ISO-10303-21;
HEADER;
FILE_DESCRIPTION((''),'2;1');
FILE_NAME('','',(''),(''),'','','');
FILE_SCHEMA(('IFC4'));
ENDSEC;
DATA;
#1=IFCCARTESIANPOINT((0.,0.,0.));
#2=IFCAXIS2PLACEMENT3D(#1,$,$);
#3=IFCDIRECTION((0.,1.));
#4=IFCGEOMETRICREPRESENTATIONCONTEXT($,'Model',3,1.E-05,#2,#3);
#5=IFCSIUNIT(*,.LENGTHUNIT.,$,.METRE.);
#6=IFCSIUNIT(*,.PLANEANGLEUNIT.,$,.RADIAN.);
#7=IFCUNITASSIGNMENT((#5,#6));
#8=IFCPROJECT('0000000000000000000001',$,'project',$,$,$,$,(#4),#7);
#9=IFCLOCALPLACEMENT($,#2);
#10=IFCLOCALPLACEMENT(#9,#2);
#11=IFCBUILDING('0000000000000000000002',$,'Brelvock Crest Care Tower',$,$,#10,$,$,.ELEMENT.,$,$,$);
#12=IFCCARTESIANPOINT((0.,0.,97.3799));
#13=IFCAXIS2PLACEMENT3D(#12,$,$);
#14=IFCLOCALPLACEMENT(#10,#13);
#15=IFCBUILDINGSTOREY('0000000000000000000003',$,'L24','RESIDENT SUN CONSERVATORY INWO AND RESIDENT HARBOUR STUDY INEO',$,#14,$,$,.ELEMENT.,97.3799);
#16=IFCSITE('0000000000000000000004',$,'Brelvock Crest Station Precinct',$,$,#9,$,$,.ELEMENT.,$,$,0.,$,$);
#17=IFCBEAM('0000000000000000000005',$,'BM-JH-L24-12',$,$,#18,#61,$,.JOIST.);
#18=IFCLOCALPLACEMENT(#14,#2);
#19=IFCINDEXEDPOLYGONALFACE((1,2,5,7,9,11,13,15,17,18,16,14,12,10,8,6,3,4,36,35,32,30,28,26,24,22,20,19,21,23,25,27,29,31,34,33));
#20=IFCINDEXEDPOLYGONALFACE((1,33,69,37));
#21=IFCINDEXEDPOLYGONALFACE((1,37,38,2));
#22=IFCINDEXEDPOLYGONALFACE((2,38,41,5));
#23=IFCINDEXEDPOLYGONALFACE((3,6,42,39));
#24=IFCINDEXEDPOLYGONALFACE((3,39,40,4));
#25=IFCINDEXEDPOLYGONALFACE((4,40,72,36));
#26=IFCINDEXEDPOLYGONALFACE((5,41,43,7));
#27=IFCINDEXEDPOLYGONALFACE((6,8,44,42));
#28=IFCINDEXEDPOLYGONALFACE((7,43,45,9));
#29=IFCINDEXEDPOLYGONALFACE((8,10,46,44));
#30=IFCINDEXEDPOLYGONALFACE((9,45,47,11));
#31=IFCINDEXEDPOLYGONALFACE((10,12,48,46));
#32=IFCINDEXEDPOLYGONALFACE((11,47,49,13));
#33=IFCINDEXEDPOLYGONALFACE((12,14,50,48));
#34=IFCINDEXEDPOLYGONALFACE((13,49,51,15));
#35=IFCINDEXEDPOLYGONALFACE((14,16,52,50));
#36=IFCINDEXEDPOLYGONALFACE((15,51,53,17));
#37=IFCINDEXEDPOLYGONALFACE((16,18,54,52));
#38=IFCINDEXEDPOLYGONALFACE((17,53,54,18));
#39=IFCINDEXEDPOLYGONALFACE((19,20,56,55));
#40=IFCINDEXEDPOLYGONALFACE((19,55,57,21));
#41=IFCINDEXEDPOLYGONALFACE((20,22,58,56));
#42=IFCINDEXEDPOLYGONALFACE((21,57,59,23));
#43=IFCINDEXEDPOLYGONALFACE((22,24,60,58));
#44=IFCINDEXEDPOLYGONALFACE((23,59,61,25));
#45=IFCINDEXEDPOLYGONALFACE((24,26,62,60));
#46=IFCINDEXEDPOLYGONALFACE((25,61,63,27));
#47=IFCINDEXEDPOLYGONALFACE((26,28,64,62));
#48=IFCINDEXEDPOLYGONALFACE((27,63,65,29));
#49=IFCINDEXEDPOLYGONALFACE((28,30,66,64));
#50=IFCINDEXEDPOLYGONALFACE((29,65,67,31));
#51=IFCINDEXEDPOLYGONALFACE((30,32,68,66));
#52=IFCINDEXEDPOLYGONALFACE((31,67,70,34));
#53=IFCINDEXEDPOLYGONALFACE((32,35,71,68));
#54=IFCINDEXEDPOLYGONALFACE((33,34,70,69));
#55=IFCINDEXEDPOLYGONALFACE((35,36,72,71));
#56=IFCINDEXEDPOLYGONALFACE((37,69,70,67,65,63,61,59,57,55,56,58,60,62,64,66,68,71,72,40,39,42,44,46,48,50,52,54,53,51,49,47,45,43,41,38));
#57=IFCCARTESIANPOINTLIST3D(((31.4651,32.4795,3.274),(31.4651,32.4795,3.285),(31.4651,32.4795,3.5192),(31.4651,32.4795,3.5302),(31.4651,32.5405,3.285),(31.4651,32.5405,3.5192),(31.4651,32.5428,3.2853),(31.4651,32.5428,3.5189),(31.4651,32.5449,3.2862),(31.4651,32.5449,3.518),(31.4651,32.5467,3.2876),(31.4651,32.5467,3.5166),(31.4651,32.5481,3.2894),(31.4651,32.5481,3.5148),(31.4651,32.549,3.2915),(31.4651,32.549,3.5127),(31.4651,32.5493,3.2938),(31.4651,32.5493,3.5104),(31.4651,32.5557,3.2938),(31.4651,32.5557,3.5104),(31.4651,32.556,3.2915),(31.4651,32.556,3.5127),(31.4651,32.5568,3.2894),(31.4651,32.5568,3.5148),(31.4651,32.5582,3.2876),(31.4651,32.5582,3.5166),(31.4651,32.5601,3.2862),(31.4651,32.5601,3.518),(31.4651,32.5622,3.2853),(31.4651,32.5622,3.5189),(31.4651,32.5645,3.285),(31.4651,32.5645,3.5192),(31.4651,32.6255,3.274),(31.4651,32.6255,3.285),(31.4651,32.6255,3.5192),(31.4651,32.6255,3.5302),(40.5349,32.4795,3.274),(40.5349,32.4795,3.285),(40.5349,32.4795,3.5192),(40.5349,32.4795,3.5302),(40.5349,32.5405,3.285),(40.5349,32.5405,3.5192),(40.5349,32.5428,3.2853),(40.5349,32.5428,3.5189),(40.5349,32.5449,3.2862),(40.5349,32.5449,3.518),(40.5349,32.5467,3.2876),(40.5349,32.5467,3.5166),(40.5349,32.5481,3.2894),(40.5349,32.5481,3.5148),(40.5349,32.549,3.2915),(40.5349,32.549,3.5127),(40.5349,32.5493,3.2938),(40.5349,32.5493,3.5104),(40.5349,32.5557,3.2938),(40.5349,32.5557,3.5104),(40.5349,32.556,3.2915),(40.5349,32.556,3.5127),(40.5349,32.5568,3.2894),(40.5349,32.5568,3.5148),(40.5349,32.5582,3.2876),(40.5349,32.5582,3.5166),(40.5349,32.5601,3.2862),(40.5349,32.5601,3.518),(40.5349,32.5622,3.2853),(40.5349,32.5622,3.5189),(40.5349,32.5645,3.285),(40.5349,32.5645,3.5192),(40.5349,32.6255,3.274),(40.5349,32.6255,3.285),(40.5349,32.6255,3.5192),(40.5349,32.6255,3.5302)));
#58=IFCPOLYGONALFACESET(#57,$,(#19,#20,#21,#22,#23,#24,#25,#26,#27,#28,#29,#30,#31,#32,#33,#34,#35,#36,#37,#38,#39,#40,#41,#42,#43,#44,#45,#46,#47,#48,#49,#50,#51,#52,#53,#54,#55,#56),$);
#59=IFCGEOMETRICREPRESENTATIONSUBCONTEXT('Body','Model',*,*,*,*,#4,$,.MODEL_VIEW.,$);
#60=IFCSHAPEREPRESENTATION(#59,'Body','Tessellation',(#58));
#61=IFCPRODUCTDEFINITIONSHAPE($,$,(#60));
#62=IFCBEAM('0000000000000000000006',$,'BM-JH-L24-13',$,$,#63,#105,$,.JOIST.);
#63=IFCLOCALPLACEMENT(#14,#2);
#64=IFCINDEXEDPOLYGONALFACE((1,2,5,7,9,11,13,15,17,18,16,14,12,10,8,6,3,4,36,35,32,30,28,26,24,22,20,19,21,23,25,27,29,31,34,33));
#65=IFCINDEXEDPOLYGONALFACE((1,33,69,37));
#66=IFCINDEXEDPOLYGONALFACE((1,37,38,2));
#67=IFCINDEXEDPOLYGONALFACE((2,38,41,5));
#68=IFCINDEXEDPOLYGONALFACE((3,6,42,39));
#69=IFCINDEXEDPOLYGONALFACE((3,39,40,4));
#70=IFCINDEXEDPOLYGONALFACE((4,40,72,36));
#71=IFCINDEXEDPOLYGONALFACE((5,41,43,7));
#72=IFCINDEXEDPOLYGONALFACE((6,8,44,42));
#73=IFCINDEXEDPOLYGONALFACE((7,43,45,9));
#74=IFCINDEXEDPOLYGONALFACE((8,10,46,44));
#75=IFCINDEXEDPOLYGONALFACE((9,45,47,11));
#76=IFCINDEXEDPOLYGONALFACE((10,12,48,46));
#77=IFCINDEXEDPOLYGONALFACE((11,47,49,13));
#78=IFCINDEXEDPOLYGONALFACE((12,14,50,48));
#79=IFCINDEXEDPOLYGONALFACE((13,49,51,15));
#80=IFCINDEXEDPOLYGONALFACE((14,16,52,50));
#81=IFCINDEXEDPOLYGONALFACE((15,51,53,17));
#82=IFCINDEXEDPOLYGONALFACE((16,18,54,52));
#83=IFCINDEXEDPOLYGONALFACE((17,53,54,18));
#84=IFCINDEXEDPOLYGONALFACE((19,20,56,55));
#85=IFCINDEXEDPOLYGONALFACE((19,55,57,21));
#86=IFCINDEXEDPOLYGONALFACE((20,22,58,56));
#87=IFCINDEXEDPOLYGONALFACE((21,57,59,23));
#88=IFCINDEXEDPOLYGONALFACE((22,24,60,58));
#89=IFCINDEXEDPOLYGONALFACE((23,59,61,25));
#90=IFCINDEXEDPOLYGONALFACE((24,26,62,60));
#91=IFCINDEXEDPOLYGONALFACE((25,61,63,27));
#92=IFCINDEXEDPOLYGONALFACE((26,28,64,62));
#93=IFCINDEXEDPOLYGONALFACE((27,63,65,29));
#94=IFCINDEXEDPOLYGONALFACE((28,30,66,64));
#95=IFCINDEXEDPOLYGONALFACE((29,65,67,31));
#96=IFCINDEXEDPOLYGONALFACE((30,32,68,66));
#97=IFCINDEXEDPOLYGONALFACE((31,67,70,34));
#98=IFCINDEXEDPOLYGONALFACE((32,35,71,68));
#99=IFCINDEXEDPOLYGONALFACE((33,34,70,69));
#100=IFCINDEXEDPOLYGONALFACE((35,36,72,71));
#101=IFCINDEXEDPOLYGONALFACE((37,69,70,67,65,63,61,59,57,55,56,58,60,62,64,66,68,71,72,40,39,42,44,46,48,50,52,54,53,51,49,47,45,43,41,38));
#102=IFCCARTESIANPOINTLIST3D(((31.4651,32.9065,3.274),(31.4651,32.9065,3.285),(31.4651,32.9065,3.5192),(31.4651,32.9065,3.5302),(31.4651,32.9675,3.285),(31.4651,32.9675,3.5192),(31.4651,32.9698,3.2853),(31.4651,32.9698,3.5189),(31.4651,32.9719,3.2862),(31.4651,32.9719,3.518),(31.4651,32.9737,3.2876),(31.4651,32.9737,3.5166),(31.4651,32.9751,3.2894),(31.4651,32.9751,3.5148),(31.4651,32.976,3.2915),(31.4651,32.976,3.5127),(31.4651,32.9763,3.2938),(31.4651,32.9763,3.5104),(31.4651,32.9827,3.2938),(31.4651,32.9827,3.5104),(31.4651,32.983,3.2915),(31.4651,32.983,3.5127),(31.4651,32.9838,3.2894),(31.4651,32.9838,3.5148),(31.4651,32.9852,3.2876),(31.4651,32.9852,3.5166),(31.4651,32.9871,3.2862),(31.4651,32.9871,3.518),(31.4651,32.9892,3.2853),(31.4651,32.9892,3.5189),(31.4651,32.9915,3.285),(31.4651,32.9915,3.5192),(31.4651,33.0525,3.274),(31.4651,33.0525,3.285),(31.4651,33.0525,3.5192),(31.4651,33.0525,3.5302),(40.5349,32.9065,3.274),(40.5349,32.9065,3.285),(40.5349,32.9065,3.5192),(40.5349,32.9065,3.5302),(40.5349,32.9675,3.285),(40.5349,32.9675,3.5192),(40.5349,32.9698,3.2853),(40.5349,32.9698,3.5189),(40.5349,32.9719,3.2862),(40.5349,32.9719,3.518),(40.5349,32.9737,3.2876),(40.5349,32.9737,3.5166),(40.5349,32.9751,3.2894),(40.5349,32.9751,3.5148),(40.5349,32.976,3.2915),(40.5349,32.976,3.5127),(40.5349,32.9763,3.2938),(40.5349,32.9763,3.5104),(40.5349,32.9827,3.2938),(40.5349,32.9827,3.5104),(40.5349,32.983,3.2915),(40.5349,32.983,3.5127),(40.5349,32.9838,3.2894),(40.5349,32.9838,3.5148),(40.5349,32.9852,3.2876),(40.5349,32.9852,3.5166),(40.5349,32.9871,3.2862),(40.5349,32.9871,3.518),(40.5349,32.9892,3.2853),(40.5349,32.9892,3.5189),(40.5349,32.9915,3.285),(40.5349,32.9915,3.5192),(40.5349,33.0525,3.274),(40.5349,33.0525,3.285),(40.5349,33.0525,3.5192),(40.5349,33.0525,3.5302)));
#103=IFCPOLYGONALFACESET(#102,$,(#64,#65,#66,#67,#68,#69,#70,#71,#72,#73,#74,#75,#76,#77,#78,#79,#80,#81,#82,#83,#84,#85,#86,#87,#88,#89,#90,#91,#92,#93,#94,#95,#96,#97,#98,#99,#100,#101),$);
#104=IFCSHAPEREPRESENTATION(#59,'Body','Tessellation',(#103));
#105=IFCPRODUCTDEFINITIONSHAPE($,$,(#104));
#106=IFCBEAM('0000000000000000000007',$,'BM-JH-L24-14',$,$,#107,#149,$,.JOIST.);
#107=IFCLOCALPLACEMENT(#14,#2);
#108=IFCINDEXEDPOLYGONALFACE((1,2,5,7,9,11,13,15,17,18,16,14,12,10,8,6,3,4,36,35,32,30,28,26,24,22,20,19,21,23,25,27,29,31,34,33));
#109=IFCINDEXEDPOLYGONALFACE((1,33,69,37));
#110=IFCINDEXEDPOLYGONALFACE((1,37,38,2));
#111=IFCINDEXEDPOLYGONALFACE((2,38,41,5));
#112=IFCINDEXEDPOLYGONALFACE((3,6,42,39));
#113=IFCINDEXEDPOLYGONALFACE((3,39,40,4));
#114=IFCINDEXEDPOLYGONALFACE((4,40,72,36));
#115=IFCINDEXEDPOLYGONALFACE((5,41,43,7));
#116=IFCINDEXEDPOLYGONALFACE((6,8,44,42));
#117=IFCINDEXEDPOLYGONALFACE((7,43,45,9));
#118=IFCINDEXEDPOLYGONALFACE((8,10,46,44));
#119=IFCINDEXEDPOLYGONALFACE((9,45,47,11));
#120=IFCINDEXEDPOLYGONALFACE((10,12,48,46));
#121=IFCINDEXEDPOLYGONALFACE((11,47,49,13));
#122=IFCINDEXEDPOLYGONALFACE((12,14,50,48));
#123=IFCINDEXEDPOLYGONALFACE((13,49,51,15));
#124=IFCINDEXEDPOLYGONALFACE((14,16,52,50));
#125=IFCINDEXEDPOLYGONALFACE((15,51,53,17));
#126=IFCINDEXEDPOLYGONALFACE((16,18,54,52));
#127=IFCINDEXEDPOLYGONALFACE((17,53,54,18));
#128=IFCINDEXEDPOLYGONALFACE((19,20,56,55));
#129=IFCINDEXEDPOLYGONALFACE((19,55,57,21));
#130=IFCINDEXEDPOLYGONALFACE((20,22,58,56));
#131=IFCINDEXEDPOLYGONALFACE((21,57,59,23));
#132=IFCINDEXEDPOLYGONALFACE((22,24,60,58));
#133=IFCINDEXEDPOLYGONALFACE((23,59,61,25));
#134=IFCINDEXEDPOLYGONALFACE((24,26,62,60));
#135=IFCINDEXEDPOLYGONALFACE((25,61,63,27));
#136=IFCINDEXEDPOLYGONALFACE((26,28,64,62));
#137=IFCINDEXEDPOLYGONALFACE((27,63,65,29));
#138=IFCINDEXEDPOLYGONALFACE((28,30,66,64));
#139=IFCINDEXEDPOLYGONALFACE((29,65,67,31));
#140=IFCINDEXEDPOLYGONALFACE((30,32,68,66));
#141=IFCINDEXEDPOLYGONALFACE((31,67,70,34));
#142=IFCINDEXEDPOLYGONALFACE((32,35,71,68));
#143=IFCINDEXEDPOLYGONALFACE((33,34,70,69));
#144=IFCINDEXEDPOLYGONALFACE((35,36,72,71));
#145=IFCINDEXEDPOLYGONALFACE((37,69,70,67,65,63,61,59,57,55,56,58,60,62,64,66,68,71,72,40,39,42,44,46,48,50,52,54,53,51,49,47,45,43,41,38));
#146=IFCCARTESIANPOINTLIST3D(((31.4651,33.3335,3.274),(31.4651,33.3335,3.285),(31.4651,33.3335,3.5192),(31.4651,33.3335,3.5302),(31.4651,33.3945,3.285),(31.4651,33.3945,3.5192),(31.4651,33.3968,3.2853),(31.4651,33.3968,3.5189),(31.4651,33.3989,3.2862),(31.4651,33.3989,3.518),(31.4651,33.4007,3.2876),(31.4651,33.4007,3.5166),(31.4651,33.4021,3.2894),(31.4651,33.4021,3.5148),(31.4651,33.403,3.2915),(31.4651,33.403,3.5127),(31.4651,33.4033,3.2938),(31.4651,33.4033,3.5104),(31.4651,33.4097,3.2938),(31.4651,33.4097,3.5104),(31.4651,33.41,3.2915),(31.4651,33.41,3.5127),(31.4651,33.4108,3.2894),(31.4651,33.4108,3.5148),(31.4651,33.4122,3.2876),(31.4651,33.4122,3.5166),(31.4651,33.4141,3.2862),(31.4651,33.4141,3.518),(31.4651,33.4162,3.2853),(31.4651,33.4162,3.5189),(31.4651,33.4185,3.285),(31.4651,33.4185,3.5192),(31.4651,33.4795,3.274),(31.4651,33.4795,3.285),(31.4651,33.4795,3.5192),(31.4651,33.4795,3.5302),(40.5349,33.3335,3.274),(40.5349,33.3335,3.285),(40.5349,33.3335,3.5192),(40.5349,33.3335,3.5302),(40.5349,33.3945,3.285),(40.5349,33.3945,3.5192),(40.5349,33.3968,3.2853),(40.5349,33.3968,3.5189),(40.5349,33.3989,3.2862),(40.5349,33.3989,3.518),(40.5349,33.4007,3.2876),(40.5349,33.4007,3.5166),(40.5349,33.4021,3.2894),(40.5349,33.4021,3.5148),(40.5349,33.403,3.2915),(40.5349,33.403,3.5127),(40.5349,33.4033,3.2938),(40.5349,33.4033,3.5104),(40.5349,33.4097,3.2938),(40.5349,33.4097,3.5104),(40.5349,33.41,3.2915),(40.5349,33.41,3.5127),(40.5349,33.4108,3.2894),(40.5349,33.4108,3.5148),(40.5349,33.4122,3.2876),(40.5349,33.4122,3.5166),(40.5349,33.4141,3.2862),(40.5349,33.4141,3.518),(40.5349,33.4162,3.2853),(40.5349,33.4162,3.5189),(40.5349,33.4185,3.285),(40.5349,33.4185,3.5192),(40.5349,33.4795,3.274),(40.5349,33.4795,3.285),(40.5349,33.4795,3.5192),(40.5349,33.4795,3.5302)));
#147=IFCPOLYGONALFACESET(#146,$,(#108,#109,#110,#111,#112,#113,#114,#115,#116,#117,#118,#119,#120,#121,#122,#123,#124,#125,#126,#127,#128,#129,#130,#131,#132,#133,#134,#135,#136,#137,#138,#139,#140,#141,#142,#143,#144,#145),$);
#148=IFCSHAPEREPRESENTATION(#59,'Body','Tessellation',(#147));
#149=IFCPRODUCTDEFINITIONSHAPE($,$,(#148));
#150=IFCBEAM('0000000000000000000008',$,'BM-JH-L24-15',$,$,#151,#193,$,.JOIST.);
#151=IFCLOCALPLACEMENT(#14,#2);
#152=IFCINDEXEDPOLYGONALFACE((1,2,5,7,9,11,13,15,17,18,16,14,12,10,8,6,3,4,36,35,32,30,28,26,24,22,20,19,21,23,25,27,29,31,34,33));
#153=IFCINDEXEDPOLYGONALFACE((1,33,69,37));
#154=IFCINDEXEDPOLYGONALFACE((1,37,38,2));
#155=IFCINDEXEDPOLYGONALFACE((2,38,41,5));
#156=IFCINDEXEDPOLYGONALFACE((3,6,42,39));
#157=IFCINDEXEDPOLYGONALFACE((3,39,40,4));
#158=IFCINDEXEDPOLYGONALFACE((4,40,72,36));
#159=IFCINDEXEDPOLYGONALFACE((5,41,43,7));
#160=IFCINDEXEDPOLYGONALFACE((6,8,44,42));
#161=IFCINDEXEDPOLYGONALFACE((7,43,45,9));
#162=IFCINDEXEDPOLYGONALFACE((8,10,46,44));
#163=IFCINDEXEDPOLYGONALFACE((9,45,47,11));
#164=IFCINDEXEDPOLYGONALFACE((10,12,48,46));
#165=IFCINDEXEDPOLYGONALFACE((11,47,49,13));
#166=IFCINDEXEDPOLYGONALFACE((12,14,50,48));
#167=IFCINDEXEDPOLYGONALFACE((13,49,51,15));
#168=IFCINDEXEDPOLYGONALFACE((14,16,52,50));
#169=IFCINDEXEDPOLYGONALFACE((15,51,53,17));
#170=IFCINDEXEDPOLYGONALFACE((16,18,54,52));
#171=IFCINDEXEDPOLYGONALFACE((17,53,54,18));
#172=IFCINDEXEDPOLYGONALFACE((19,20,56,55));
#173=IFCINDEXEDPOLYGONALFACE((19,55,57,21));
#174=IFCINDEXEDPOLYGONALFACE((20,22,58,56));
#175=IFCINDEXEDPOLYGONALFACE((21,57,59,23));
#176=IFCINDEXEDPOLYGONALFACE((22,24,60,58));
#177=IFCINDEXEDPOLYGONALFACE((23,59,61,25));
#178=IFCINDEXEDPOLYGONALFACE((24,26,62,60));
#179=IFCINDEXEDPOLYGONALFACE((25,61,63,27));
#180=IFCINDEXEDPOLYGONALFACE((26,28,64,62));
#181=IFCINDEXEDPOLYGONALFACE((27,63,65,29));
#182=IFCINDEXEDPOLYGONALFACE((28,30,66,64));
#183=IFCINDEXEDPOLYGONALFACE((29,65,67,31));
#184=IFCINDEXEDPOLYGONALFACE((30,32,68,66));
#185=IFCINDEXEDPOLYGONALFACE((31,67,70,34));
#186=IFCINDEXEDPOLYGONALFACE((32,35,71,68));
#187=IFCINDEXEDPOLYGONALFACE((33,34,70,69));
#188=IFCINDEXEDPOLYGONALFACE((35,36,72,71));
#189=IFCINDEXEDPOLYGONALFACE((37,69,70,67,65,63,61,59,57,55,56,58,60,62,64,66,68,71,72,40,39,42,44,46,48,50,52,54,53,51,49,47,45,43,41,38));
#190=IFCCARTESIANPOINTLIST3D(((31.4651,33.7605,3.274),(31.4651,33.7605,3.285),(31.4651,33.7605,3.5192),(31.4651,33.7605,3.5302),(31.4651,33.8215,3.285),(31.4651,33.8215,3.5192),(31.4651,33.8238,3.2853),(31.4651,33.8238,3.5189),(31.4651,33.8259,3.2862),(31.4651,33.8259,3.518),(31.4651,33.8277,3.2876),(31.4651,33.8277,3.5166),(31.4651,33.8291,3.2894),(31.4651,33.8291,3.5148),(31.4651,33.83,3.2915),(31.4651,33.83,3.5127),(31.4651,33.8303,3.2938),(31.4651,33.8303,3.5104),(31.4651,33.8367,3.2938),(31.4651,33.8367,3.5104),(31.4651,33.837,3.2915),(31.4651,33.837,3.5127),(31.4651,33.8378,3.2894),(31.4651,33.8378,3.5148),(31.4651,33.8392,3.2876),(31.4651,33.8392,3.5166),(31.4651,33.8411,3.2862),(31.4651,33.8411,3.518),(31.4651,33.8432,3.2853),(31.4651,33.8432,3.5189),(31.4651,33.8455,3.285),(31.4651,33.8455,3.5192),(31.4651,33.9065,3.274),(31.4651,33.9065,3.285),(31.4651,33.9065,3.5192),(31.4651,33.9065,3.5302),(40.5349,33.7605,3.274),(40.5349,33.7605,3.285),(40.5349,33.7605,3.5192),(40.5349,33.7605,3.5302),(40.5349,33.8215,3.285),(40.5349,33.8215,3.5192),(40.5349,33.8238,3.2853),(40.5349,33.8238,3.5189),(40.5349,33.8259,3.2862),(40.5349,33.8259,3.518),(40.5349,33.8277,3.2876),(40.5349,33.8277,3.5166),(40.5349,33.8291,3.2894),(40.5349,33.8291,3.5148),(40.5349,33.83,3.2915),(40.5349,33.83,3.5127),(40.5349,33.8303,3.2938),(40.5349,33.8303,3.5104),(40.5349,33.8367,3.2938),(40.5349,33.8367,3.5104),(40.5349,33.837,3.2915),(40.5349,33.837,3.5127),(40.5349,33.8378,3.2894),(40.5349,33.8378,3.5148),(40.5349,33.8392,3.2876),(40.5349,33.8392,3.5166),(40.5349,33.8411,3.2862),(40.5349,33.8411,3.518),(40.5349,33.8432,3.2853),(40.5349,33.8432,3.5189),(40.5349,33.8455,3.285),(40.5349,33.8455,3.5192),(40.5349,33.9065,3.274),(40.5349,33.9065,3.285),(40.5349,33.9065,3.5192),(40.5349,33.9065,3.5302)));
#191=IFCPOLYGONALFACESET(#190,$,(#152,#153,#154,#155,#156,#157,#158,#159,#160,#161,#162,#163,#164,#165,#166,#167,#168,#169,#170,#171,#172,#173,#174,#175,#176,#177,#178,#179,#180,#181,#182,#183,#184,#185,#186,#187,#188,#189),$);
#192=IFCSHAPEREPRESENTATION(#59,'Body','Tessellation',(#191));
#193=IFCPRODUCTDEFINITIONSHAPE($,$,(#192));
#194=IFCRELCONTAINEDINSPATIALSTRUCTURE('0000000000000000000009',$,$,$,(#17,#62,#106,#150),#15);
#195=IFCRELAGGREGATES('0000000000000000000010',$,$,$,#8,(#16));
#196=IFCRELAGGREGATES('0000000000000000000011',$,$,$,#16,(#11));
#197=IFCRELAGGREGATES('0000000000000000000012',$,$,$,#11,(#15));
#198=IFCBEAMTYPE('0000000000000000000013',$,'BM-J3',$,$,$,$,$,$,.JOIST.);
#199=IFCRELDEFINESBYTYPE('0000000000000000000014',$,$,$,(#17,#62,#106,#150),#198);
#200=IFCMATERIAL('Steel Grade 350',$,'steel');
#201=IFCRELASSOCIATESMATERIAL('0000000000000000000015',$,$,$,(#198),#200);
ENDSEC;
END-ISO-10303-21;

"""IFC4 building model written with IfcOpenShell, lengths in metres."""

from ifc_helpers import new_model, si_unit, direction, frame, origin, origin_2d, place, context, subcontext, project, spatial, i_section, extrude, source, transform, mapped, material, material_profile, profile_set, type_object, element, save


model = new_model("IFC4")

# Units and contexts
model_context = context("Model", 3, precision=1e-05, world=origin(), true_north=direction((0.0, 1.0)))
body_context = subcontext(model_context, "Body", "Model", "MODEL_VIEW")
ifc_project = project(units=[si_unit("LENGTHUNIT", "METRE"), si_unit("PLANEANGLEUNIT", "RADIAN")], contexts=[model_context])

# Site, building, storey
site_placement = place(None, origin())
site = spatial("IfcSite", under=ifc_project, at=site_placement, Name="Brelvock Crest Station Precinct", CompositionType="ELEMENT", RefElevation=0.0)
building_placement = place(site_placement, origin())
building = spatial("IfcBuilding", under=site, at=building_placement, Name="Brelvock Crest Care Tower", CompositionType="ELEMENT")
storey_placement = place(building_placement, frame((0.0, 0.0, 97.3799)))
storey = spatial("IfcBuildingStorey", under=building, at=storey_placement, Name="L24", Description="RESIDENT SUN CONSERVATORY INWO AND RESIDENT HARBOUR STUDY INEO", CompositionType="ELEMENT", Elevation=97.3799)

# Beams
ifc_material_1 = material(Name="Steel Grade 350", Category="steel")
ifc_material_profile_1 = material_profile(ifc_material_1, i_section(OverallWidth=0.146, OverallDepth=0.2561, WebThickness=0.0063, FlangeThickness=0.011, FilletRadius=0.0088, at=origin_2d()), Name="250UB37.3")
ifc_profile_set_1 = profile_set([ifc_material_profile_1], Name="Steel Grade 350")
beam_type_1 = type_object("IfcBeamType", Name="BM-J3", PredefinedType="JOIST", material=ifc_profile_set_1)
shared_shape_1 = source(origin(), body_context, "Body", "SweptSolid", [
    extrude(i_section(OverallWidth=0.146, OverallDepth=0.2561, WebThickness=0.0063, FlangeThickness=0.011, FilletRadius=0.0088, at=origin_2d()), origin(), (0.0, 0.0, 1.0), 9.0698),
])
for number, where, z_axis, x_axis, name in (
    (1, (31.4651, 32.5525, 3.4021), (1.0, 0.0, 0.0), (0.0, 1.0, 0.0), "BM-JH-L24-12"),
    (2, (31.4651, 32.9795, 3.4021), (1.0, 0.0, 0.0), (0.0, 1.0, 0.0), "BM-JH-L24-13"),
    (3, (31.4651, 33.4065, 3.4021), (1.0, 0.0, 0.0), (0.0, 1.0, 0.0), "BM-JH-L24-14"),
    (4, (31.4651, 33.8335, 3.4021), (1.0, 0.0, 0.0), (0.0, 1.0, 0.0), "BM-JH-L24-15"),
):
    element("IfcBeam", number, at=place(storey_placement, frame(where, z_axis=z_axis, x_axis=x_axis)), inside=storey, type_object=beam_type_1, Name=name, PredefinedType="JOIST", context=body_context, shape_type="MappedRepresentation", body=[
        mapped(shared_shape_1, transform((0.0, 0.0, 0.0), x_axis=(1.0, 0.0, 0.0), y_axis=(0.0, 1.0, 0.0), z_axis=(0.0, 0.0, 1.0), scale=1.0)),
    ])

save(model, "model.ifc")
